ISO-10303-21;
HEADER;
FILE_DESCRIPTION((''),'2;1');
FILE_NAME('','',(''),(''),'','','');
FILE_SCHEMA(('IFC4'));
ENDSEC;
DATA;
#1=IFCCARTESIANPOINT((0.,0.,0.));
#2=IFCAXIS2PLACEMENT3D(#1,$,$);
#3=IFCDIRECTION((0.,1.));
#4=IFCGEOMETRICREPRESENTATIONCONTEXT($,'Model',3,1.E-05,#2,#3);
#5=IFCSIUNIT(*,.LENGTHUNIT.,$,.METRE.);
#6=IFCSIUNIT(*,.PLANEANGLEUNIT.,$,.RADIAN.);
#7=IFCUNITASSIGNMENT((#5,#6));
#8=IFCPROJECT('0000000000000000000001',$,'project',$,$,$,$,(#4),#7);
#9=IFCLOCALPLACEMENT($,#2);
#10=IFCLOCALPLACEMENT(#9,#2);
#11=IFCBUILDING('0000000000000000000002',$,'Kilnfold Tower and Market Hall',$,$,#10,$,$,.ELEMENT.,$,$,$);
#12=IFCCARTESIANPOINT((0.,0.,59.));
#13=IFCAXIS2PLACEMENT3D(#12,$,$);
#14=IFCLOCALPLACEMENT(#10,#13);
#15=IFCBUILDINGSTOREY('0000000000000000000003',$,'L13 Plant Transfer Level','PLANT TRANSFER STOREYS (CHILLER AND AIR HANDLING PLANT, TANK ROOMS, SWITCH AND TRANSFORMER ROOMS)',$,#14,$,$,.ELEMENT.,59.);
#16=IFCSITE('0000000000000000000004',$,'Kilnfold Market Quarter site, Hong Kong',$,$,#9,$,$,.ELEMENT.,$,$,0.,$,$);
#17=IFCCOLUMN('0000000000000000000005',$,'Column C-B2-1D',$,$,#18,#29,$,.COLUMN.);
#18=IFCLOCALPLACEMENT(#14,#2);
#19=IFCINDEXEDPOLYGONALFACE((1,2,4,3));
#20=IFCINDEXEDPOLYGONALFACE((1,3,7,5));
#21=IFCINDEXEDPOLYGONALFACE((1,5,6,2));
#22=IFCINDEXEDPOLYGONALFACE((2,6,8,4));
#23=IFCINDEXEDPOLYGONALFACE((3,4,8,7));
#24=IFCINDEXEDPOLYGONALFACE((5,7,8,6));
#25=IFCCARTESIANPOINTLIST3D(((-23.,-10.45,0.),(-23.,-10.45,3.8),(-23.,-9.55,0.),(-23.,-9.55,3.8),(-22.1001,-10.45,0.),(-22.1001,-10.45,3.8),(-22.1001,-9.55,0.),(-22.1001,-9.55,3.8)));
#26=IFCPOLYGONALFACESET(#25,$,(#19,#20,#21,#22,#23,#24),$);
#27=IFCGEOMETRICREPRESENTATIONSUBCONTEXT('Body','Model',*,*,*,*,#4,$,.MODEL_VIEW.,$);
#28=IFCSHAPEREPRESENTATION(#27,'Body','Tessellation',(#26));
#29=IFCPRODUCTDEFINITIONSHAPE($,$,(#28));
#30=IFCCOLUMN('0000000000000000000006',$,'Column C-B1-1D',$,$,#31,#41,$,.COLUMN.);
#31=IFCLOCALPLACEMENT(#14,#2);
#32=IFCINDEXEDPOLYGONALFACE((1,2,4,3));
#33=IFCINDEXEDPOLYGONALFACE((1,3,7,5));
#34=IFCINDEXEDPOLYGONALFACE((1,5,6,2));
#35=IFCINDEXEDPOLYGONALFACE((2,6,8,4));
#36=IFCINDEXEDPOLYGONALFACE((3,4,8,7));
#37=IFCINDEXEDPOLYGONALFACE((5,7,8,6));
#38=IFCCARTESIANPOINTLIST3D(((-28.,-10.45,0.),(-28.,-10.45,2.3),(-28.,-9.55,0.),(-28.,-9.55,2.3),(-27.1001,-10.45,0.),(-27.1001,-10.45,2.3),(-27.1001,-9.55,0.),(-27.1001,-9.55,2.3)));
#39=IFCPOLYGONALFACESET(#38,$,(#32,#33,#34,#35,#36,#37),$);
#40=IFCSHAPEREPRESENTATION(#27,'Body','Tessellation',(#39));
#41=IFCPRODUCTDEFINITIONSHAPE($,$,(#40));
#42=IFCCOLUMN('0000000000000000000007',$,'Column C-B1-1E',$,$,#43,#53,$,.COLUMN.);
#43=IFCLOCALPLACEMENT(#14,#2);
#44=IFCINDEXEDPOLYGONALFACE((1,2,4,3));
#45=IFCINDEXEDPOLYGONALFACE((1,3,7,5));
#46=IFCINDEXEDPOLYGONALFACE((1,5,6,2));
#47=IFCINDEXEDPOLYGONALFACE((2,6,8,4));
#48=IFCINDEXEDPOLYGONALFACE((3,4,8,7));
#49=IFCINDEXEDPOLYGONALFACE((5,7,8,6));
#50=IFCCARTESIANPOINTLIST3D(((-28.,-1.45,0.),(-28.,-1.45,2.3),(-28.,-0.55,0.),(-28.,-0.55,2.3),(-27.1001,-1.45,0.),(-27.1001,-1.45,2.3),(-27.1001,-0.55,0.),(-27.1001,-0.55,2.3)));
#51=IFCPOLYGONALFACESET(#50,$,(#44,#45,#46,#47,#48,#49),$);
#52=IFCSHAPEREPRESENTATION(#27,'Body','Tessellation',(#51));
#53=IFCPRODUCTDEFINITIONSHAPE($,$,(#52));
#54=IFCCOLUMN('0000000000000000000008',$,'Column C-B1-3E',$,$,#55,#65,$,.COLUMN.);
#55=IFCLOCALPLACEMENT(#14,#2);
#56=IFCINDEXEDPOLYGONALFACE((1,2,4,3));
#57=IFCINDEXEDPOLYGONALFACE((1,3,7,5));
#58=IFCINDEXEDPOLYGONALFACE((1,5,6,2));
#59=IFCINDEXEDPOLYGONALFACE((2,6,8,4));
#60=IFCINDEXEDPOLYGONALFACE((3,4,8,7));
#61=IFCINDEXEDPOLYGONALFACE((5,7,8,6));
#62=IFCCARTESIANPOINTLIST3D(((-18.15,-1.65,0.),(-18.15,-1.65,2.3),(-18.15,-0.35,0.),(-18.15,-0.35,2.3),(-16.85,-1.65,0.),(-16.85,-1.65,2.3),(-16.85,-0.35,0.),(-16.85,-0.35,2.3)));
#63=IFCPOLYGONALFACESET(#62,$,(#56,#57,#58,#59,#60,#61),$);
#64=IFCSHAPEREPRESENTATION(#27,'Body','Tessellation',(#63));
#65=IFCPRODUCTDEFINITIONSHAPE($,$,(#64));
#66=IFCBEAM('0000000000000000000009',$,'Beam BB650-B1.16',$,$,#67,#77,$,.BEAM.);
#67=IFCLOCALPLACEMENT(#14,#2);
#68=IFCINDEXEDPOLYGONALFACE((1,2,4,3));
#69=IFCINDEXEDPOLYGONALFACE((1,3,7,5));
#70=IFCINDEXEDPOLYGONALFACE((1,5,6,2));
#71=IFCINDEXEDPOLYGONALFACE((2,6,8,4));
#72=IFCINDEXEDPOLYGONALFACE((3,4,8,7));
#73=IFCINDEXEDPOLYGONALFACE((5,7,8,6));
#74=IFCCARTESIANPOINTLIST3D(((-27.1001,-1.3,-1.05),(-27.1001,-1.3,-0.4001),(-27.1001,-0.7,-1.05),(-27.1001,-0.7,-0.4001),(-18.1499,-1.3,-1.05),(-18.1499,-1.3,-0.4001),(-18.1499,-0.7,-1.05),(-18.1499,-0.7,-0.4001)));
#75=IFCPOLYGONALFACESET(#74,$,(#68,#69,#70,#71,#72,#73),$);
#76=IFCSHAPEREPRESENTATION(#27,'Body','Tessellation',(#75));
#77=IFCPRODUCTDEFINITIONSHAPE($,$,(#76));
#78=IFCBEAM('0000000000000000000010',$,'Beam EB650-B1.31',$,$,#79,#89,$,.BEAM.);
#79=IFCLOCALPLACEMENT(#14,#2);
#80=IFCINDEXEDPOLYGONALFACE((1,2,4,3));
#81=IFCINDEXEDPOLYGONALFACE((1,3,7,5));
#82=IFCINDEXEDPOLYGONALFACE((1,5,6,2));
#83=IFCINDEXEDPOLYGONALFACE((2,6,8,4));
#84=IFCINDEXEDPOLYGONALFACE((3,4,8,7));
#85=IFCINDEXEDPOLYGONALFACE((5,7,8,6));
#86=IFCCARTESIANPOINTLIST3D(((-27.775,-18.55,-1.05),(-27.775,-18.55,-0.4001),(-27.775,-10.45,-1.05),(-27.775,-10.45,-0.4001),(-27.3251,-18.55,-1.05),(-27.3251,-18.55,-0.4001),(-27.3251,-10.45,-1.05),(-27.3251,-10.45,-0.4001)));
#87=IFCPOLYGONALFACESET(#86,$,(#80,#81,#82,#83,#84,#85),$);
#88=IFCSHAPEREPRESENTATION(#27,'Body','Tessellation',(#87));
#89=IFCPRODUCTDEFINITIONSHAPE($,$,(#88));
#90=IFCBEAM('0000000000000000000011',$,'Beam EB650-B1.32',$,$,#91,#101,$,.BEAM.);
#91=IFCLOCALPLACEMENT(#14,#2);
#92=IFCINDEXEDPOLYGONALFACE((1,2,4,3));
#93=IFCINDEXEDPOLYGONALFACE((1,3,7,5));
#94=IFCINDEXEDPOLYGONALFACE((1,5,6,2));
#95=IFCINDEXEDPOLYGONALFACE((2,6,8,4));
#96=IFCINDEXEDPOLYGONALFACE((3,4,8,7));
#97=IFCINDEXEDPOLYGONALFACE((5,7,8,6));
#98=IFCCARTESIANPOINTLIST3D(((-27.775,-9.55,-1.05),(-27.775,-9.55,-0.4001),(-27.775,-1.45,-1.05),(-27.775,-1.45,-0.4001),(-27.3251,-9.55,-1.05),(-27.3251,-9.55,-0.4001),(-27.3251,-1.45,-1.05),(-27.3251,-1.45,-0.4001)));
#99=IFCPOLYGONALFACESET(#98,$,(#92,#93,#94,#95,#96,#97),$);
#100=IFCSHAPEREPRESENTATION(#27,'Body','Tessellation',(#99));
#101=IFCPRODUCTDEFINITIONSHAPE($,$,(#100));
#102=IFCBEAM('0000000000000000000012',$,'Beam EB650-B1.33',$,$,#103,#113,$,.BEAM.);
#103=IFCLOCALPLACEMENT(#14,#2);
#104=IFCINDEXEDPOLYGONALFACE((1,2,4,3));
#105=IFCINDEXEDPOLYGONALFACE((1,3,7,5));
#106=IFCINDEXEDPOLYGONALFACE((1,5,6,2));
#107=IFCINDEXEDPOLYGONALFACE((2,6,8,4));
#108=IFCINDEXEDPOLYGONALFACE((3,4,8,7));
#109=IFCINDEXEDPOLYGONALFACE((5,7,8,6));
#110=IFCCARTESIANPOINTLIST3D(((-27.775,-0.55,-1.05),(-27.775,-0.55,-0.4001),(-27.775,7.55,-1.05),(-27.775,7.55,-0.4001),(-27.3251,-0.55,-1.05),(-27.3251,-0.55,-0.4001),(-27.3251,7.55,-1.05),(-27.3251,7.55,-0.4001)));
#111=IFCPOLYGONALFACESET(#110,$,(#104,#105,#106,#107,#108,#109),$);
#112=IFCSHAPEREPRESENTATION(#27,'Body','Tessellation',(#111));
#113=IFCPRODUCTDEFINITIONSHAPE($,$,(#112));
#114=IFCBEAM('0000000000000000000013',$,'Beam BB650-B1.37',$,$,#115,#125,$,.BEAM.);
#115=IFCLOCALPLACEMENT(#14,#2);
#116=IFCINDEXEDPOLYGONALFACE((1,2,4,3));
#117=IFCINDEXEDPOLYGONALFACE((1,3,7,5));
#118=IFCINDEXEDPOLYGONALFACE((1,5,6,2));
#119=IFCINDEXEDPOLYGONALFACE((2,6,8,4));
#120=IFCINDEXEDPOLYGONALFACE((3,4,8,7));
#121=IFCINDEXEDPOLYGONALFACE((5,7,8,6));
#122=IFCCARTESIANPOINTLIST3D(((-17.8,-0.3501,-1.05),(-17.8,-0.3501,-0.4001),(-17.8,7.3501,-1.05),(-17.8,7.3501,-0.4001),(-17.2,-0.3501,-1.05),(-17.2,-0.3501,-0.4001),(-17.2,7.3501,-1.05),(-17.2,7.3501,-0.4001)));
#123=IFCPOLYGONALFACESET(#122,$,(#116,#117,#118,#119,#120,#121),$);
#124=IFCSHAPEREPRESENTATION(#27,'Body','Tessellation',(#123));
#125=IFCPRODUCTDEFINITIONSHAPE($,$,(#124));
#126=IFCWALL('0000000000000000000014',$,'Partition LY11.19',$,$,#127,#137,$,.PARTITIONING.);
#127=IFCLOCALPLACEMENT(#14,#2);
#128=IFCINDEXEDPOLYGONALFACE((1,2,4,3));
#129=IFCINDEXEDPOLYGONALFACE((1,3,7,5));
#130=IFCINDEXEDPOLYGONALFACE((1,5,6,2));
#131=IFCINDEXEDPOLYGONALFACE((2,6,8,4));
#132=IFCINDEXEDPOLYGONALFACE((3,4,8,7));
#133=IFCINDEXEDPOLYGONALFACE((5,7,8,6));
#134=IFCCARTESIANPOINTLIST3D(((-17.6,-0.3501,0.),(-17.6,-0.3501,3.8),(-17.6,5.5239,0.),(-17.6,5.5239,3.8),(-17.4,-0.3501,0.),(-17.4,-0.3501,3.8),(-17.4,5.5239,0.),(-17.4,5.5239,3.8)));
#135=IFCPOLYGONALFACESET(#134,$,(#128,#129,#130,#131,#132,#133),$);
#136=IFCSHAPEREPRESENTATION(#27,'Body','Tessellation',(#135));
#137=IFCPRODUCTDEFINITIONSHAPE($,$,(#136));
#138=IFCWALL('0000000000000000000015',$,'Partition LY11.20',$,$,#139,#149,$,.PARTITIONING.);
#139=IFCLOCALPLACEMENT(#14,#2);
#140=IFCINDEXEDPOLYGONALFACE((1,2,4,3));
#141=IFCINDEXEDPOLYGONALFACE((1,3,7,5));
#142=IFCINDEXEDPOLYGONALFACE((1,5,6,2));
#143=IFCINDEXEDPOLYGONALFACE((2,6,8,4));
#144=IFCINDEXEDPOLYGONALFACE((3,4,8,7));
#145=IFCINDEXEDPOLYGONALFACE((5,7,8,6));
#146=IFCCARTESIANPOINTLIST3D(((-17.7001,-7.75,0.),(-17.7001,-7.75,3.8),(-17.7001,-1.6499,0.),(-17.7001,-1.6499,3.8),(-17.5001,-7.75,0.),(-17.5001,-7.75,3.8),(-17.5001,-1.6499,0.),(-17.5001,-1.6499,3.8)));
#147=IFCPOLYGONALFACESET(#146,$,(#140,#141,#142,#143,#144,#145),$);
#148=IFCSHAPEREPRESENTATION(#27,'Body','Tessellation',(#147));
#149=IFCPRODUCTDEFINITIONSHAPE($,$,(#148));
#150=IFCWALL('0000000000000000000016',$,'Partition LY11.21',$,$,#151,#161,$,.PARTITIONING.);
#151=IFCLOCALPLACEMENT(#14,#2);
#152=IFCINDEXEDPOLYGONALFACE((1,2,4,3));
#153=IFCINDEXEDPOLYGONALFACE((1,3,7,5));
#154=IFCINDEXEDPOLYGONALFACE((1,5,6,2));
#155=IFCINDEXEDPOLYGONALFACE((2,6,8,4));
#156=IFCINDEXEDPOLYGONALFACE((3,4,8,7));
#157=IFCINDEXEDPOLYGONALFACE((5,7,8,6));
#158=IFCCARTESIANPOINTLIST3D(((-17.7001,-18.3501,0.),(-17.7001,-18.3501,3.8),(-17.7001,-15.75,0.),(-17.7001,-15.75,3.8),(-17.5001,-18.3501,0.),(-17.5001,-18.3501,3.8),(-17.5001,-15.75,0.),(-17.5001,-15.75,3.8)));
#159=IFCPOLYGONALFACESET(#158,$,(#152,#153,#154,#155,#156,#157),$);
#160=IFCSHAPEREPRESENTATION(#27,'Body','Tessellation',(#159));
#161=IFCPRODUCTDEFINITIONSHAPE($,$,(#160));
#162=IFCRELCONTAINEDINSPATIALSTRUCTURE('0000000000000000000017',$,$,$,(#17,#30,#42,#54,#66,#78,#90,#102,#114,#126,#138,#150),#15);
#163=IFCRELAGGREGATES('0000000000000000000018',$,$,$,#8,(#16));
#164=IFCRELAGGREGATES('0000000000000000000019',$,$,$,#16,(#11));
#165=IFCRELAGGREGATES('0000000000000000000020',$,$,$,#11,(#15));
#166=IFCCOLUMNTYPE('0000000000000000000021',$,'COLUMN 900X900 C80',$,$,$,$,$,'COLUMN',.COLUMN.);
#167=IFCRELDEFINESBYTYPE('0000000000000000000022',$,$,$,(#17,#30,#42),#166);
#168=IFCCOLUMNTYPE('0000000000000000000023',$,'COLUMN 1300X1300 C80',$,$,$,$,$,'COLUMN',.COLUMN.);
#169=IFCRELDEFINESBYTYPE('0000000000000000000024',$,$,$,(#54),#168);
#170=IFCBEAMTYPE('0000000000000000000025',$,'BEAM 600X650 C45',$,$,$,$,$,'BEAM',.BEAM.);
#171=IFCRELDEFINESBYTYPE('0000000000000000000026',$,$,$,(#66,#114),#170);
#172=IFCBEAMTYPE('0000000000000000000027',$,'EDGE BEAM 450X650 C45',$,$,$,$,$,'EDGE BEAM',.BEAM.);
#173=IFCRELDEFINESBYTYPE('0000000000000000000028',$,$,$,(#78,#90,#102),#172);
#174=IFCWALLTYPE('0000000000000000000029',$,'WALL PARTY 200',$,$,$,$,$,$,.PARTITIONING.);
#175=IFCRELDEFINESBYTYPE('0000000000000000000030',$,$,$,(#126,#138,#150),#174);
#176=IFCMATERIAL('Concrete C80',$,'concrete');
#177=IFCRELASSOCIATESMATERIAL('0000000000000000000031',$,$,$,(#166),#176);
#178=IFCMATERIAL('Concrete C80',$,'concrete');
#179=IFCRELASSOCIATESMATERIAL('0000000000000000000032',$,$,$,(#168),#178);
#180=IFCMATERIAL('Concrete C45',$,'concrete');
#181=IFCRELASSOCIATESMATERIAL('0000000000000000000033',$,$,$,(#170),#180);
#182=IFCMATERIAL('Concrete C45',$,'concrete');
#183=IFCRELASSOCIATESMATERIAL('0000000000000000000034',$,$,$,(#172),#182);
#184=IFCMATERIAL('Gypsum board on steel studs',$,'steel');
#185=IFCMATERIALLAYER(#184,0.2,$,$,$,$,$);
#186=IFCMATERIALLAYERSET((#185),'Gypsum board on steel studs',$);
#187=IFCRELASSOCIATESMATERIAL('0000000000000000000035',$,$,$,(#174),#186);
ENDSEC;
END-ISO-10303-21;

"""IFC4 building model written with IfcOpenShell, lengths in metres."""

from ifc_helpers import new_model, si_unit, direction, frame, frame_2d, origin, origin_2d, place, context, subcontext, project, spatial, rectangle, extrude, source, transform, mapped, material, layer, layer_set, material_profile, profile_set, type_object, element, save


model = new_model("IFC4")

# Units and contexts
model_context = context("Model", 3, precision=1e-05, world=origin(), true_north=direction((0.0, 1.0)))
body_context = subcontext(model_context, "Body", "Model", "MODEL_VIEW")
ifc_project = project(units=[si_unit("LENGTHUNIT", "METRE"), si_unit("PLANEANGLEUNIT", "RADIAN")], contexts=[model_context])

# Site, building, storey
site_placement = place(None, origin())
site = spatial("IfcSite", under=ifc_project, at=site_placement, Name="Kilnfold Market Quarter site, Hong Kong", CompositionType="ELEMENT", RefElevation=0.0)
building_placement = place(site_placement, origin())
building = spatial("IfcBuilding", under=site, at=building_placement, Name="Kilnfold Tower and Market Hall", CompositionType="ELEMENT")
storey_placement = place(building_placement, frame((0.0, 0.0, 59.0)))
storey = spatial("IfcBuildingStorey", under=building, at=storey_placement, Name="L13 Plant Transfer Level", Description="PLANT TRANSFER STOREYS (CHILLER AND AIR HANDLING PLANT, TANK ROOMS, SWITCH AND TRANSFORMER ROOMS)", CompositionType="ELEMENT", Elevation=59.0)

# Columns
ifc_material_1 = material(Name="Concrete C80", Category="concrete")
ifc_material_profile_1 = material_profile(ifc_material_1, rectangle(XDim=0.8999, YDim=0.8999, at=origin_2d()), Name="RC 900x900")
ifc_profile_set_1 = profile_set([ifc_material_profile_1], Name="Concrete C80")
column_type_1 = type_object("IfcColumnType", Name="COLUMN 900X900 C80", ElementType="COLUMN", PredefinedType="COLUMN", material=ifc_profile_set_1)
shared_shape_1 = source(origin(), body_context, "Body", "SweptSolid", [
    extrude(rectangle(XDim=0.8999, YDim=0.8999, at=origin_2d()), origin(), (0.0, 0.0, 1.0), 3.8),
])
column_1_placement = place(storey_placement, frame((-22.55, -10.0, 0.0), z_axis=(0.0, 0.0, 1.0), x_axis=(1.0, 0.0, 0.0)))
element("IfcColumn", 1, at=column_1_placement, inside=storey, type_object=column_type_1, Name="Column C-B2-1D", PredefinedType="COLUMN", context=body_context, shape_type="MappedRepresentation", body=[
    mapped(shared_shape_1, transform((0.0, 0.0, 0.0))),
])
shared_shape_2 = source(origin(), body_context, "Body", "SweptSolid", [
    extrude(rectangle(XDim=0.8999, YDim=0.8999, at=origin_2d()), origin(), (0.0, 0.0, 1.0), 2.3),
])
for number, where, z_axis, x_axis, name in (
    (2, (-27.55, -10.0, 0.0), (0.0, 0.0, 1.0), (1.0, 0.0, 0.0), "Column C-B1-1D"),
    (3, (-27.55, -1.0, 0.0), (0.0, 0.0, 1.0), (1.0, 0.0, 0.0), "Column C-B1-1E"),
):
    element("IfcColumn", number, at=place(storey_placement, frame(where, z_axis=z_axis, x_axis=x_axis)), inside=storey, type_object=column_type_1, Name=name, PredefinedType="COLUMN", context=body_context, shape_type="MappedRepresentation", body=[
        mapped(shared_shape_2, transform((0.0, 0.0, 0.0))),
    ])
ifc_material_2 = material(Name="Concrete C80", Category="concrete")
ifc_material_profile_2 = material_profile(ifc_material_2, rectangle(XDim=1.3, YDim=1.3, at=origin_2d()), Name="RC 1300x1300")
ifc_profile_set_2 = profile_set([ifc_material_profile_2], Name="Concrete C80")
column_type_2 = type_object("IfcColumnType", Name="COLUMN 1300X1300 C80", ElementType="COLUMN", PredefinedType="COLUMN", material=ifc_profile_set_2)
shared_shape_3 = source(origin(), body_context, "Body", "SweptSolid", [
    extrude(rectangle(XDim=1.3, YDim=1.3, at=origin_2d()), origin(), (0.0, 0.0, 1.0), 2.3),
])
column_2_placement = place(storey_placement, frame((-17.5, -1.0, 0.0), z_axis=(0.0, 0.0, 1.0), x_axis=(1.0, 0.0, 0.0)))
element("IfcColumn", 4, at=column_2_placement, inside=storey, type_object=column_type_2, Name="Column C-B1-3E", PredefinedType="COLUMN", context=body_context, shape_type="MappedRepresentation", body=[
    mapped(shared_shape_3, transform((0.0, 0.0, 0.0))),
])

# Beams
ifc_material_3 = material(Name="Concrete C45", Category="concrete")
ifc_material_profile_3 = material_profile(ifc_material_3, rectangle(XDim=0.6001, YDim=0.6499, at=origin_2d()), Name="RC 600x650")
ifc_profile_set_3 = profile_set([ifc_material_profile_3], Name="Concrete C45")
beam_type_1 = type_object("IfcBeamType", Name="BEAM 600X650 C45", ElementType="BEAM", PredefinedType="BEAM", material=ifc_profile_set_3)
shared_shape_4 = source(origin(), body_context, "Body", "SweptSolid", [
    extrude(rectangle(XDim=0.6001, YDim=0.6499, at=origin_2d()), origin(), (0.0, 0.0, 1.0), 8.9502),
])
beam_1_placement = place(storey_placement, frame((-27.1001, -1.0, -0.7251), z_axis=(1.0, 0.0, 0.0), x_axis=(0.0, 1.0, 0.0)))
element("IfcBeam", 5, at=beam_1_placement, inside=storey, type_object=beam_type_1, Name="Beam BB650-B1.16", PredefinedType="BEAM", context=body_context, shape_type="MappedRepresentation", body=[
    mapped(shared_shape_4, transform((0.0, 0.0, 0.0))),
])
ifc_material_4 = material(Name="Concrete C45", Category="concrete")
ifc_material_profile_4 = material_profile(ifc_material_4, rectangle(XDim=0.45, YDim=0.6499, at=origin_2d()), Name="RC 450x650")
ifc_profile_set_4 = profile_set([ifc_material_profile_4], Name="Concrete C45")
beam_type_2 = type_object("IfcBeamType", Name="EDGE BEAM 450X650 C45", ElementType="EDGE BEAM", PredefinedType="BEAM", material=ifc_profile_set_4)
shared_shape_5 = source(origin(), body_context, "Body", "SweptSolid", [
    extrude(rectangle(XDim=0.45, YDim=0.6499, at=origin_2d()), origin(), (0.0, 0.0, 1.0), 8.1001),
])
for number, where, z_axis, x_axis, name in (
    (6, (-27.55, -18.55, -0.7251), (0.0, 1.0, 0.0), (-1.0, 0.0, 0.0), "Beam EB650-B1.31"),
    (7, (-27.55, -9.55, -0.7251), (0.0, 1.0, 0.0), (-1.0, 0.0, 0.0), "Beam EB650-B1.32"),
    (8, (-27.55, -0.55, -0.7251), (0.0, 1.0, 0.0), (-1.0, 0.0, 0.0), "Beam EB650-B1.33"),
):
    element("IfcBeam", number, at=place(storey_placement, frame(where, z_axis=z_axis, x_axis=x_axis)), inside=storey, type_object=beam_type_2, Name=name, PredefinedType="BEAM", context=body_context, shape_type="MappedRepresentation", body=[
        mapped(shared_shape_5, transform((0.0, 0.0, 0.0))),
    ])
shared_shape_6 = source(origin(), body_context, "Body", "SweptSolid", [
    extrude(rectangle(XDim=0.6001, YDim=0.6499, at=origin_2d()), origin(), (0.0, 0.0, 1.0), 7.7002),
])
beam_2_placement = place(storey_placement, frame((-17.5, -0.3501, -0.7251), z_axis=(0.0, 1.0, 0.0), x_axis=(-1.0, 0.0, 0.0)))
element("IfcBeam", 9, at=beam_2_placement, inside=storey, type_object=beam_type_1, Name="Beam BB650-B1.37", PredefinedType="BEAM", context=body_context, shape_type="MappedRepresentation", body=[
    mapped(shared_shape_6, transform((0.0, 0.0, 0.0))),
])

# Walls
ifc_material_5 = material(Name="Gypsum board on steel studs", Category="steel")
ifc_layer_1 = layer(ifc_material_5, 0.2)
ifc_layer_set_1 = layer_set([ifc_layer_1], Name="Gypsum board on steel studs")
wall_type_1 = type_object("IfcWallType", Name="WALL PARTY 200", PredefinedType="PARTITIONING", material=ifc_layer_set_1)
wall_1_placement = place(storey_placement, frame((-17.5, -0.3501, 0.0), z_axis=(0.0, 0.0, 1.0), x_axis=(0.0, 1.0, 0.0)))
element("IfcWall", 10, at=wall_1_placement, inside=storey, type_object=wall_type_1, Name="Partition LY11.19", PredefinedType="PARTITIONING", context=body_context, shape_type="SweptSolid", body=[
    extrude(rectangle(XDim=5.874, YDim=0.2, at=frame_2d((2.937, 0.0))), origin(), (0.0, 0.0, 1.0), 3.8),
])
wall_2_placement = place(storey_placement, frame((-17.6001, -7.75, 0.0), z_axis=(0.0, 0.0, 1.0), x_axis=(0.0, 1.0, 0.0)))
element("IfcWall", 11, at=wall_2_placement, inside=storey, type_object=wall_type_1, Name="Partition LY11.20", PredefinedType="PARTITIONING", context=body_context, shape_type="SweptSolid", body=[
    extrude(rectangle(XDim=6.1001, YDim=0.2, at=frame_2d((3.05, 0.0))), origin(), (0.0, 0.0, 1.0), 3.8),
])
wall_3_placement = place(storey_placement, frame((-17.6001, -18.3501, 0.0), z_axis=(0.0, 0.0, 1.0), x_axis=(0.0, 1.0, 0.0)))
element("IfcWall", 12, at=wall_3_placement, inside=storey, type_object=wall_type_1, Name="Partition LY11.21", PredefinedType="PARTITIONING", context=body_context, shape_type="SweptSolid", body=[
    extrude(rectangle(XDim=2.6001, YDim=0.2, at=frame_2d((1.3, 0.0))), origin(), (0.0, 0.0, 1.0), 3.8),
])

save(model, "model.ifc")
